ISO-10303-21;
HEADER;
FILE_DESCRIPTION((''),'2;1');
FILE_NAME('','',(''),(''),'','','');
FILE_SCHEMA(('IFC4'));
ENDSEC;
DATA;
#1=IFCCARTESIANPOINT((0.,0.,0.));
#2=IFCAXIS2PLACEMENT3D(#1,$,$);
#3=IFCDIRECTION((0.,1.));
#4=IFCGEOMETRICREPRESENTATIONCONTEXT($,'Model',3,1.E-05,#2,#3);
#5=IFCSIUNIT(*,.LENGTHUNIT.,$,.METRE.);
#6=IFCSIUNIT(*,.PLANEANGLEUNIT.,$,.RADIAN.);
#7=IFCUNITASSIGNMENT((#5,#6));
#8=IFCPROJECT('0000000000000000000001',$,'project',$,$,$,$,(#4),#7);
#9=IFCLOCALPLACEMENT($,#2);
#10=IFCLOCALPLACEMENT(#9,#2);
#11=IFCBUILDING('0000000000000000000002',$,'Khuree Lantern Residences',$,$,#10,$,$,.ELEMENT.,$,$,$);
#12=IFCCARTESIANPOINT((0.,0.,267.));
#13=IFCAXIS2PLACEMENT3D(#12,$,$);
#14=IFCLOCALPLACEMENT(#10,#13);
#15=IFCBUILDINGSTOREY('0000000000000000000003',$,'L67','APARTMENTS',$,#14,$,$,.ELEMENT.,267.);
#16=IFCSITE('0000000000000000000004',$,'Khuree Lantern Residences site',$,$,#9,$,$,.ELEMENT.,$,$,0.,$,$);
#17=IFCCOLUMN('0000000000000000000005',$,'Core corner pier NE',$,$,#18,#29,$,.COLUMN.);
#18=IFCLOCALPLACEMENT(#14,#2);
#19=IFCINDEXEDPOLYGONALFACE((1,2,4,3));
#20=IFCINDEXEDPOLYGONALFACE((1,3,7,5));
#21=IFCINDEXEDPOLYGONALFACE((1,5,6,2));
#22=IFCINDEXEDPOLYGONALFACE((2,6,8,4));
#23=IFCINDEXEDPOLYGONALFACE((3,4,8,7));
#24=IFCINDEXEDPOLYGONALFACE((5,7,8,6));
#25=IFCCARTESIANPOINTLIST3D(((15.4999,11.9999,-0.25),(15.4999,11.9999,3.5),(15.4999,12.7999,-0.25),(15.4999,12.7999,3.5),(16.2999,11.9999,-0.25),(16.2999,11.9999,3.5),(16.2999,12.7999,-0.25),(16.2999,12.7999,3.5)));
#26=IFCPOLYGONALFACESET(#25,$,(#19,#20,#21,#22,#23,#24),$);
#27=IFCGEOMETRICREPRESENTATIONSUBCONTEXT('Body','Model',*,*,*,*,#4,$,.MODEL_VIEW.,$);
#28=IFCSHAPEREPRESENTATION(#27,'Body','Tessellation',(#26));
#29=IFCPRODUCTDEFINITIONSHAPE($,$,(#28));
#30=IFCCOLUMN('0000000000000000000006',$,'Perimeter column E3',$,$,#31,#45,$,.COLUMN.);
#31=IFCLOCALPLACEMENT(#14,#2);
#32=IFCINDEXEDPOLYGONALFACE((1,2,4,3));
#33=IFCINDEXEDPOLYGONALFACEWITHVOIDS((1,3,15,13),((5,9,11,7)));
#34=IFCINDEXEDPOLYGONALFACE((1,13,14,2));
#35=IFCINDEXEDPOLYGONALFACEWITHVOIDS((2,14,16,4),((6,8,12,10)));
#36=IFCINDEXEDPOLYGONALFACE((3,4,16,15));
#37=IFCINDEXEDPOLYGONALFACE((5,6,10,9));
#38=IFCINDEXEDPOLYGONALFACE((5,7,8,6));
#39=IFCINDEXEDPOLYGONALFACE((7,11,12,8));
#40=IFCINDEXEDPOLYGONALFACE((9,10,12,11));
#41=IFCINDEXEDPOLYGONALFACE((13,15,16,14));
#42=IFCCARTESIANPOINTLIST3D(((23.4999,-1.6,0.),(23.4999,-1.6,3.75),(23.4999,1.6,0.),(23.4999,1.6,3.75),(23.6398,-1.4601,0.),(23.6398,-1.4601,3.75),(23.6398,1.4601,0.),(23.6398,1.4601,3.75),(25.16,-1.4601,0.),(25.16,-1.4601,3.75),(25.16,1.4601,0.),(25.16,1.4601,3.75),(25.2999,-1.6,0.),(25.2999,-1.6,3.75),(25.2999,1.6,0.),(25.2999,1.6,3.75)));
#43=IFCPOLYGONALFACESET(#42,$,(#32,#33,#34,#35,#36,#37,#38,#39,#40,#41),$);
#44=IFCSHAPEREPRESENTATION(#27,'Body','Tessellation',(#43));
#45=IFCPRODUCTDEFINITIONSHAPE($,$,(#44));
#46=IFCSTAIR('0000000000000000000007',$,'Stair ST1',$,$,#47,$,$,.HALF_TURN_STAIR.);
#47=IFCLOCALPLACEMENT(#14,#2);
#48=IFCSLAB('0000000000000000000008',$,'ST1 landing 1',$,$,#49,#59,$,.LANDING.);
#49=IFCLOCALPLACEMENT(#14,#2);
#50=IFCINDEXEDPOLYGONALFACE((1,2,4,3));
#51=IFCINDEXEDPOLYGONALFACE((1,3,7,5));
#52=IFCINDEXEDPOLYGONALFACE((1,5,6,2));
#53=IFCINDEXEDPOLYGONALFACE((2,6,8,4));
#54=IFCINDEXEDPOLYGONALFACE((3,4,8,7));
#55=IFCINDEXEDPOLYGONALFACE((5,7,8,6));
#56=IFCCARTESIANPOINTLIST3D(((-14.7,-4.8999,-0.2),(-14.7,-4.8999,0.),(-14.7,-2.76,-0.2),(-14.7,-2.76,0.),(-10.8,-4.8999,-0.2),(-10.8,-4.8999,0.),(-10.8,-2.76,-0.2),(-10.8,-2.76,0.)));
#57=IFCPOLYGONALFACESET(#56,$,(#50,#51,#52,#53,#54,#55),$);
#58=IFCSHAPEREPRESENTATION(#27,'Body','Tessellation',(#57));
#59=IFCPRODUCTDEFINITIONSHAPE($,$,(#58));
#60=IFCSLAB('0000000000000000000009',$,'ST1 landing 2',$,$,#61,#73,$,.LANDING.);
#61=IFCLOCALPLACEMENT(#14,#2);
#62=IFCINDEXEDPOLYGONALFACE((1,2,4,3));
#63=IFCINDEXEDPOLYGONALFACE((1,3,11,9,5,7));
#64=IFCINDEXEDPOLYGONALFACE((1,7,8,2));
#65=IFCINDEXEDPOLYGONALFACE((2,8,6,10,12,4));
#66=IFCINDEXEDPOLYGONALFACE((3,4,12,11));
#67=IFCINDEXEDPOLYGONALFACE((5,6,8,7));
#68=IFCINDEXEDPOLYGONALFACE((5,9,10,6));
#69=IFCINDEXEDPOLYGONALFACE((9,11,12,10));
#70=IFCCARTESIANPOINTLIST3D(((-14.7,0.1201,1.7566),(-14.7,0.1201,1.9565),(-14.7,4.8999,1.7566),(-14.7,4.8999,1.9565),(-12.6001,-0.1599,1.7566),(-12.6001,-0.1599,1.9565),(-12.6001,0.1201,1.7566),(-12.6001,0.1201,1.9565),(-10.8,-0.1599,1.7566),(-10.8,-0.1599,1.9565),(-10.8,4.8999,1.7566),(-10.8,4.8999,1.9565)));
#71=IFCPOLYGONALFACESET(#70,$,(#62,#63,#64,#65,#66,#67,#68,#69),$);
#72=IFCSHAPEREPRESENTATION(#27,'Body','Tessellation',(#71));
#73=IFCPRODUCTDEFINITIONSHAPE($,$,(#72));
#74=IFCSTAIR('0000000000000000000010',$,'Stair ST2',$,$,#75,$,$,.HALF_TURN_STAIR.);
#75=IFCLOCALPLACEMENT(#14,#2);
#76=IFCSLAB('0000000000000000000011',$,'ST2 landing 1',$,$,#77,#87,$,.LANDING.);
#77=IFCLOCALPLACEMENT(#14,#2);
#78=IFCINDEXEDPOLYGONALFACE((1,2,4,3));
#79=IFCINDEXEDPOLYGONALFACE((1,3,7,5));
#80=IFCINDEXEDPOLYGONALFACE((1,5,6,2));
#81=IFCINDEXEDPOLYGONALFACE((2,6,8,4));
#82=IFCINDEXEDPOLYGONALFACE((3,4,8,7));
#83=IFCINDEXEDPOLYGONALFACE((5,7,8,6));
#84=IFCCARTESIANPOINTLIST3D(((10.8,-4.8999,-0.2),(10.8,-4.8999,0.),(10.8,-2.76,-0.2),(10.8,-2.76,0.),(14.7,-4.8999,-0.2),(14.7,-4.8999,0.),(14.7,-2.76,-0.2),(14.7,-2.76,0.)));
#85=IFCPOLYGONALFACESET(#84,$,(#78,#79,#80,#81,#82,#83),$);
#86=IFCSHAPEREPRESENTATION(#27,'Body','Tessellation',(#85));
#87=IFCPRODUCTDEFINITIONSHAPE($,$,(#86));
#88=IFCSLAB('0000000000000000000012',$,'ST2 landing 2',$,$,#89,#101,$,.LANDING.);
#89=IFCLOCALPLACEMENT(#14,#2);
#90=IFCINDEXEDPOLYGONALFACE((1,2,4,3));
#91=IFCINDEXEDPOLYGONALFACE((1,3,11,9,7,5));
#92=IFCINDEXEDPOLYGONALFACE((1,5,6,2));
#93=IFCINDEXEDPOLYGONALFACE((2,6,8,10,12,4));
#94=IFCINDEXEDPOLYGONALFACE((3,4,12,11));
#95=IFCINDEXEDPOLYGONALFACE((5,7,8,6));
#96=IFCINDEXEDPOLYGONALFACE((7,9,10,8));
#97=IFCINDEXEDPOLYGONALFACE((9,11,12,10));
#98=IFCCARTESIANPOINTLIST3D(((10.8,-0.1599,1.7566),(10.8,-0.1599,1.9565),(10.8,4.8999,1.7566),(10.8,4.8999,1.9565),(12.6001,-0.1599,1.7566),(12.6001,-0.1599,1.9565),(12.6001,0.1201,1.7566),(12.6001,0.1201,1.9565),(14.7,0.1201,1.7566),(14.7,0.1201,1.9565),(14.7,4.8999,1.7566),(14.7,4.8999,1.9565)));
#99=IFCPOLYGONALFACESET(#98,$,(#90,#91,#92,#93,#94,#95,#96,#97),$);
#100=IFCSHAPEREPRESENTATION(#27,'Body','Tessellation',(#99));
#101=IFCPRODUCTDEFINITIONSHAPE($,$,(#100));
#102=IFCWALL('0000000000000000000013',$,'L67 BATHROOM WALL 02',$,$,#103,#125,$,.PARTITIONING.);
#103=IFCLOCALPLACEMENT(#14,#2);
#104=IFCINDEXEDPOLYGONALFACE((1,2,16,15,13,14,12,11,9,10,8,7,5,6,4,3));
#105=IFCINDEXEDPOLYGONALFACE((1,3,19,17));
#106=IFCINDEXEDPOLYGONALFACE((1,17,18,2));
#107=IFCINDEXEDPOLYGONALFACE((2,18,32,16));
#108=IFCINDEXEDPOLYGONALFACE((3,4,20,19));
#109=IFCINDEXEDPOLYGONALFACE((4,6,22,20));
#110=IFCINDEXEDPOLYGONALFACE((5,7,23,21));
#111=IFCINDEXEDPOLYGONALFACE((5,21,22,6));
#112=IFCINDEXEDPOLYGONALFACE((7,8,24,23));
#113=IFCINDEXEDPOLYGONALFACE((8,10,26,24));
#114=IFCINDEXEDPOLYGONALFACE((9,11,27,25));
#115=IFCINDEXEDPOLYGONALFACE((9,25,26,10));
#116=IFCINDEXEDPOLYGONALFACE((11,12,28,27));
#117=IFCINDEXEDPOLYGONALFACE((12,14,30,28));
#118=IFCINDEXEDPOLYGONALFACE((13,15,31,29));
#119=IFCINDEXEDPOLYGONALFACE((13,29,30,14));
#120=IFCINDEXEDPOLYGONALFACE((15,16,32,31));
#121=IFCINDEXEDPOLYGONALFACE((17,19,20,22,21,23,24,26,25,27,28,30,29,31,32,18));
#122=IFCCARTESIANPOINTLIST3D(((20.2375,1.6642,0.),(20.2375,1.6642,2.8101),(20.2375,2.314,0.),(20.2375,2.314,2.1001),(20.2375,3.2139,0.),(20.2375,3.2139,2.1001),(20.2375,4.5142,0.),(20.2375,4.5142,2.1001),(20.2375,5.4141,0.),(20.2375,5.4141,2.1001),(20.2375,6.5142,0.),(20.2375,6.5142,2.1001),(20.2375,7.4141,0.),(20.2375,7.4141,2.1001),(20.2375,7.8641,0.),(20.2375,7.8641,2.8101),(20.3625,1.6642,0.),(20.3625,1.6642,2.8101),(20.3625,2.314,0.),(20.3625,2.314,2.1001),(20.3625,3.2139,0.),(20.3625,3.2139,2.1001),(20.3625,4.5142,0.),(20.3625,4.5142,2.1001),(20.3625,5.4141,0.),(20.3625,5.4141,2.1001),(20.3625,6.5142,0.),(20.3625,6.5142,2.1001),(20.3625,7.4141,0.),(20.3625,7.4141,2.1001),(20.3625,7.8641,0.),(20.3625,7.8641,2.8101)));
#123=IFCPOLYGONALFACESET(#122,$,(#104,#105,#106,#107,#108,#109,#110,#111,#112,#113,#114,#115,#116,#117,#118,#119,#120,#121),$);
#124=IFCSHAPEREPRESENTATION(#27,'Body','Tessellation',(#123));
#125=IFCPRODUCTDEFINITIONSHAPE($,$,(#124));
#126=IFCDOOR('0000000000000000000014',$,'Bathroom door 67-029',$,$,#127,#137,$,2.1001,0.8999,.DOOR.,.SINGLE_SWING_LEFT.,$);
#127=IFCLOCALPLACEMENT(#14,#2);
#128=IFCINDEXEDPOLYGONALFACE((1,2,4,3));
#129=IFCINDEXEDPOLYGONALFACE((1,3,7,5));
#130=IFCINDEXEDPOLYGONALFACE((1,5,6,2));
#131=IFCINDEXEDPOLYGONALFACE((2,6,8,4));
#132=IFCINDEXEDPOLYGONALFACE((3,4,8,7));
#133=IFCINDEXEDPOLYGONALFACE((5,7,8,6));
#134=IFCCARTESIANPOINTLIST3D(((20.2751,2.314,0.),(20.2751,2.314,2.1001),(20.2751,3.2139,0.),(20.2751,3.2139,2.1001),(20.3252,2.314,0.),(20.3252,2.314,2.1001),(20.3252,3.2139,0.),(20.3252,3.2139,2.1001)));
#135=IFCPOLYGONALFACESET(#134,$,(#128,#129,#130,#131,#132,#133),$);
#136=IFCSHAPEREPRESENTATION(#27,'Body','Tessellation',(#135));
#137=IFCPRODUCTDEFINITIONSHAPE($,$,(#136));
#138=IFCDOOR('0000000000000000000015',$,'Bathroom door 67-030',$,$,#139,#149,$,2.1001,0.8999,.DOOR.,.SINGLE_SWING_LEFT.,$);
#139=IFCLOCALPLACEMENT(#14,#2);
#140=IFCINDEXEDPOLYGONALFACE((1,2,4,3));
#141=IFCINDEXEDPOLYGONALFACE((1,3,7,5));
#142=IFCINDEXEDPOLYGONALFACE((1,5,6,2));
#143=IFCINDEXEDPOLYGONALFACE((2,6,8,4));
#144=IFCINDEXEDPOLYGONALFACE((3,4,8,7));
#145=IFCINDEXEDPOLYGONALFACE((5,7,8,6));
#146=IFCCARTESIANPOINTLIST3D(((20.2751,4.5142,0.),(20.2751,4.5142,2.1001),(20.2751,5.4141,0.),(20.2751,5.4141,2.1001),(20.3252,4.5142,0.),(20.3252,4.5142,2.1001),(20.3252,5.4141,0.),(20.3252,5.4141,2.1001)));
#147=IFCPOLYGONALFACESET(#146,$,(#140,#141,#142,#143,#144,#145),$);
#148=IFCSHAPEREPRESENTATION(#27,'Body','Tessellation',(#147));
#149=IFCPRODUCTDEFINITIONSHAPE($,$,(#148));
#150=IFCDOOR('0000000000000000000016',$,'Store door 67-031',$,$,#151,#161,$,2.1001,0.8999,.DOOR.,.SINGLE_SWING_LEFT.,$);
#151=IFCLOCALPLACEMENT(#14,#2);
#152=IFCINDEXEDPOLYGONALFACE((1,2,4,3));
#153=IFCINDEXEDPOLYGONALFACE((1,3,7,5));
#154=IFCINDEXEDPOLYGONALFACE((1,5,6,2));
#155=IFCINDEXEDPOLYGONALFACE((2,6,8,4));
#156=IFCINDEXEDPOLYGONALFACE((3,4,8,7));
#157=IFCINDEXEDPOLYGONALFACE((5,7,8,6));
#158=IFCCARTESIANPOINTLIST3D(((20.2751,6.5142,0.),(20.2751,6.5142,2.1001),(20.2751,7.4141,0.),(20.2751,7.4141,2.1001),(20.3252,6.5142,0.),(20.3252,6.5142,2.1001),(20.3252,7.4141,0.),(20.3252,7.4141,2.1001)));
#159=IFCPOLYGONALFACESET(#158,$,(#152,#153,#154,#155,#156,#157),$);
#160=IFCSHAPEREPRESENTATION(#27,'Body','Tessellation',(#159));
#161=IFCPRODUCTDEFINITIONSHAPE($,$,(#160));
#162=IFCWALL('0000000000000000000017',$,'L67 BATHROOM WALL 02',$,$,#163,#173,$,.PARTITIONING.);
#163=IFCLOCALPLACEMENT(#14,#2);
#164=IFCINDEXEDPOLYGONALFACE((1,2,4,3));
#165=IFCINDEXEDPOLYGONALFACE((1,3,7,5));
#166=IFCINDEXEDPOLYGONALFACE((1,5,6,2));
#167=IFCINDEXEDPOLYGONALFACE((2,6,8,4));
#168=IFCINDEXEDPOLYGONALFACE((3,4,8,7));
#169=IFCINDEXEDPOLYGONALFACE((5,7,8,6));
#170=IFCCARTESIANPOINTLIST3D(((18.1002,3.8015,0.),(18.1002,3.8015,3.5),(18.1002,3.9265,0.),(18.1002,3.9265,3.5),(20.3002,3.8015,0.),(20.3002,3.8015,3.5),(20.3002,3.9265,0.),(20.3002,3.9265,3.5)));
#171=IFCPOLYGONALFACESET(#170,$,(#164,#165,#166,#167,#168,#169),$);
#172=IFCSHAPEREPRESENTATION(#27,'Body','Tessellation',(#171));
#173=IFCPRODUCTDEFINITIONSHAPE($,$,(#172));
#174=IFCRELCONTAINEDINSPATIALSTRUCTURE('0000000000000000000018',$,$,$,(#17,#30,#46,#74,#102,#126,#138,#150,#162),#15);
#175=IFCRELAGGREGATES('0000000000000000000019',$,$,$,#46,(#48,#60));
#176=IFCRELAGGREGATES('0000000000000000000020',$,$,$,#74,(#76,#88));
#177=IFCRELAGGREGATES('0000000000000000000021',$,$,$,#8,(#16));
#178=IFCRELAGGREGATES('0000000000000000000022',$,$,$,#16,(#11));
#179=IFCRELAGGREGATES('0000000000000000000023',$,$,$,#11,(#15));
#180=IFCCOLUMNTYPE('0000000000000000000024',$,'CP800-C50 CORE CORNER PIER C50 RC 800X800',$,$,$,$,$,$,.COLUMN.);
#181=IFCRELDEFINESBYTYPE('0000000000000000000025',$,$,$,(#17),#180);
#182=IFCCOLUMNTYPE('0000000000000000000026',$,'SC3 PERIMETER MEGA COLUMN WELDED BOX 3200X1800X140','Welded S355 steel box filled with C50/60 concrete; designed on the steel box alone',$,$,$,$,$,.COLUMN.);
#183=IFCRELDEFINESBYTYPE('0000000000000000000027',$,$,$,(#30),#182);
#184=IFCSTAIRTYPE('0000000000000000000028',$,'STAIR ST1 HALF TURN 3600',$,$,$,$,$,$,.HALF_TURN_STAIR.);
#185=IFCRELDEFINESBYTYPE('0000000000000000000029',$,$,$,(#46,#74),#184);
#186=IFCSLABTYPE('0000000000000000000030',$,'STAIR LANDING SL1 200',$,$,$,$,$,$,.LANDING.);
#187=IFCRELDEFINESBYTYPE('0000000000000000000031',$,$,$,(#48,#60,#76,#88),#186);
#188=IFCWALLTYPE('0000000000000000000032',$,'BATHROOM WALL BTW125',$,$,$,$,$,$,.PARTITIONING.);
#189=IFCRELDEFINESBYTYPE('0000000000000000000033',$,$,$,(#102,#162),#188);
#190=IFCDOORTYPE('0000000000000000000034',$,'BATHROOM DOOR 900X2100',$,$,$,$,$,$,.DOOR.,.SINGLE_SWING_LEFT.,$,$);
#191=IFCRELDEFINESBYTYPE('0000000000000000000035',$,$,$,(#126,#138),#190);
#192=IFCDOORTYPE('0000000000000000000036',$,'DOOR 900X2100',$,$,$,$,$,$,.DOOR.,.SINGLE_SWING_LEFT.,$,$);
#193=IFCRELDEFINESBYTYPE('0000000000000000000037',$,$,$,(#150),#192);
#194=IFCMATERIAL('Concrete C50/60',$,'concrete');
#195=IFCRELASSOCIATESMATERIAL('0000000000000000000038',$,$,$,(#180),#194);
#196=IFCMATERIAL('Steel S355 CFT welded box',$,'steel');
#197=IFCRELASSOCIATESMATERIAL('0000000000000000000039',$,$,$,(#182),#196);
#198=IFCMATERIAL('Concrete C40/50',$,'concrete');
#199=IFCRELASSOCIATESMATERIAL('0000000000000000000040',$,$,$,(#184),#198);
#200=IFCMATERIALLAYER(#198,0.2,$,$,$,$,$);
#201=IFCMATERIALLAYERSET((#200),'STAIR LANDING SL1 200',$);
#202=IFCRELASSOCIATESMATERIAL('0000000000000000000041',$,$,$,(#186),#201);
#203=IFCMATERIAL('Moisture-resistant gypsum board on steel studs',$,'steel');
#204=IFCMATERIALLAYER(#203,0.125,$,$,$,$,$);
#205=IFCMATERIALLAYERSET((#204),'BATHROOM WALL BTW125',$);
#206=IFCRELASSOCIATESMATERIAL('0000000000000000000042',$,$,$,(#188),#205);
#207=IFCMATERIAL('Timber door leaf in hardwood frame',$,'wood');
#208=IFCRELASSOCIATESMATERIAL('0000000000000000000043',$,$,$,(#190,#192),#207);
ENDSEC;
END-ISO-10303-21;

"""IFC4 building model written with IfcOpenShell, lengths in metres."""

from ifc_helpers import new_model, si_unit, direction, frame, frame_2d, origin, origin_2d, place, context, subcontext, project, spatial, polyline, rectangle, hollow_rectangle, outline, extrude, material, layer, layer_set, material_profile, profile_set, type_object, element, fill, aggregate, save


model = new_model("IFC4")

# Units and contexts
model_context = context("Model", 3, precision=1e-05, world=origin(), true_north=direction((0.0, 1.0)))
body_context = subcontext(model_context, "Body", "Model", "MODEL_VIEW")
ifc_project = project(units=[si_unit("LENGTHUNIT", "METRE"), si_unit("PLANEANGLEUNIT", "RADIAN")], contexts=[model_context])

# Site, building, storey
site_placement = place(None, origin())
site = spatial("IfcSite", under=ifc_project, at=site_placement, Name="Khuree Lantern Residences site", CompositionType="ELEMENT", RefElevation=0.0)
building_placement = place(site_placement, origin())
building = spatial("IfcBuilding", under=site, at=building_placement, Name="Khuree Lantern Residences", CompositionType="ELEMENT")
storey_placement = place(building_placement, frame((0.0, 0.0, 267.0)))
storey = spatial("IfcBuildingStorey", under=building, at=storey_placement, Name="L67", Description="APARTMENTS", CompositionType="ELEMENT", Elevation=267.0)

# Columns
ifc_material_1 = material(Name="Concrete C50/60", Category="concrete")
ifc_material_profile_1 = material_profile(ifc_material_1, rectangle(XDim=0.8, YDim=0.8, at=origin_2d()), Name="RC 800X800")
ifc_profile_set_1 = profile_set([ifc_material_profile_1], Name="Concrete C50/60")
column_type_1 = type_object("IfcColumnType", Name="CP800-C50 CORE CORNER PIER C50 RC 800X800", PredefinedType="COLUMN", material=ifc_profile_set_1)
column_1_placement = place(storey_placement, frame((15.8999, 12.3999, -0.25), z_axis=(0.0, 0.0, 1.0), x_axis=(1.0, 0.0, 0.0)))
element("IfcColumn", 1, at=column_1_placement, inside=storey, type_object=column_type_1, Name="Core corner pier NE", PredefinedType="COLUMN", context=body_context, shape_type="SweptSolid", body=[
    extrude(rectangle(XDim=0.8, YDim=0.8, at=origin_2d()), origin(), (0.0, 0.0, 1.0), 3.75),
])
ifc_material_2 = material(Name="Steel S355 CFT welded box", Category="steel")
ifc_material_profile_2 = material_profile(ifc_material_2, hollow_rectangle(XDim=3.2, YDim=1.8, WallThickness=0.1399, at=origin_2d()), Name="WELDED BOX 3200X1800X140")
ifc_profile_set_2 = profile_set([ifc_material_profile_2], Name="Steel S355 CFT welded box")
column_type_2 = type_object("IfcColumnType", Name="SC3 PERIMETER MEGA COLUMN WELDED BOX 3200X1800X140", Description="Welded S355 steel box filled with C50/60 concrete; designed on the steel box alone", PredefinedType="COLUMN", material=ifc_profile_set_2)
column_2_placement = place(storey_placement, frame((24.3999, 0.0, 0.0), z_axis=(0.0, 0.0, 1.0), x_axis=(0.0, 1.0, 0.0)))
element("IfcColumn", 2, at=column_2_placement, inside=storey, type_object=column_type_2, Name="Perimeter column E3", PredefinedType="COLUMN", context=body_context, shape_type="SweptSolid", body=[
    extrude(hollow_rectangle(XDim=3.2, YDim=1.8, WallThickness=0.1399, at=origin_2d()), origin(), (0.0, 0.0, 1.0), 3.75),
])

# Stairs, slabs
ifc_material_3 = material(Name="Concrete C40/50", Category="concrete")
stair_type = type_object("IfcStairType", Name="STAIR ST1 HALF TURN 3600", PredefinedType="HALF_TURN_STAIR", material=ifc_material_3)
stair_1_placement = place(storey_placement, origin())
stair_1 = element("IfcStair", 3, at=stair_1_placement, inside=storey, type_object=stair_type, Name="Stair ST1", PredefinedType="HALF_TURN_STAIR")
ifc_layer_1 = layer(ifc_material_3, 0.2)
ifc_layer_set_1 = layer_set([ifc_layer_1], Name="STAIR LANDING SL1 200")
slab_type = type_object("IfcSlabType", Name="STAIR LANDING SL1 200", PredefinedType="LANDING", material=ifc_layer_set_1)
slab_1_placement = place(storey_placement, frame((0.0, 0.0, -0.2)))
slab_1 = element("IfcSlab", 4, at=slab_1_placement, type_object=slab_type, Name="ST1 landing 1", PredefinedType="LANDING", context=body_context, shape_type="SweptSolid", body=[
    extrude(outline(polyline([(-14.7, -4.8999), (-10.8, -4.8999), (-10.8, -2.76), (-14.7, -2.76), (-14.7, -4.8999)])), origin(), (0.0, 0.0, 1.0), 0.2),
])
slab_2_placement = place(storey_placement, frame((0.0, 0.0, 1.7566)))
slab_2 = element("IfcSlab", 5, at=slab_2_placement, type_object=slab_type, Name="ST1 landing 2", PredefinedType="LANDING", context=body_context, shape_type="SweptSolid", body=[
    extrude(outline(polyline([(-14.7, 0.1201), (-14.7, 4.8999), (-10.8, 4.8999), (-10.8, -0.1599), (-12.6001, -0.1599), (-12.6001, 0.1201), (-14.7, 0.1201)])), origin(), (0.0, 0.0, 1.0), 0.2),
])
aggregate(stair_1, [slab_1, slab_2])
stair_2_placement = place(storey_placement, origin())
stair_2 = element("IfcStair", 6, at=stair_2_placement, inside=storey, type_object=stair_type, Name="Stair ST2", PredefinedType="HALF_TURN_STAIR")
slab_3_placement = place(storey_placement, frame((0.0, 0.0, -0.2)))
slab_3 = element("IfcSlab", 7, at=slab_3_placement, type_object=slab_type, Name="ST2 landing 1", PredefinedType="LANDING", context=body_context, shape_type="SweptSolid", body=[
    extrude(outline(polyline([(10.8, -4.8999), (14.7, -4.8999), (14.7, -2.76), (10.8, -2.76), (10.8, -4.8999)])), origin(), (0.0, 0.0, 1.0), 0.2),
])
slab_4_placement = place(storey_placement, frame((0.0, 0.0, 1.7566)))
slab_4 = element("IfcSlab", 8, at=slab_4_placement, type_object=slab_type, Name="ST2 landing 2", PredefinedType="LANDING", context=body_context, shape_type="SweptSolid", body=[
    extrude(outline(polyline([(14.7, 4.8999), (14.7, 0.1201), (12.6001, 0.1201), (12.6001, -0.1599), (10.8, -0.1599), (10.8, 4.8999), (14.7, 4.8999)])), origin(), (0.0, 0.0, 1.0), 0.2),
])

# Wall, openings, doors
ifc_material_4 = material(Name="Moisture-resistant gypsum board on steel studs", Category="steel")
ifc_layer_2 = layer(ifc_material_4, 0.125)
ifc_layer_set_2 = layer_set([ifc_layer_2], Name="BATHROOM WALL BTW125")
wall_type_1 = type_object("IfcWallType", Name="BATHROOM WALL BTW125", PredefinedType="PARTITIONING", material=ifc_layer_set_2)
wall_1_placement = place(storey_placement, frame((20.3, 1.6641, 0.0), z_axis=(0.0, 0.0, 1.0), x_axis=(0.0, 1.0, 0.0)))
wall_1 = element("IfcWall", 9, at=wall_1_placement, inside=storey, type_object=wall_type_1, Name="L67 BATHROOM WALL 02", PredefinedType="PARTITIONING", context=body_context, shape_type="SweptSolid", body=[
    extrude(rectangle(XDim=6.2, YDim=0.125, at=frame_2d((3.1001, 0.0))), origin(), (0.0, 0.0, 1.0), 2.8101),
])
opening_1_placement = place(wall_1_placement, frame((0.6499, 0.0, 0.0)))
opening_1 = element("IfcOpeningElement", 10, at=opening_1_placement, cuts=wall_1, PredefinedType="OPENING", context=body_context, shape_type="SweptSolid", body=[
    extrude(rectangle(XDim=0.8999, YDim=2.1001, at=frame_2d((0.45, 1.05))), frame((0.0, 0.0725, 0.0), z_axis=(0.0, -1.0, 0.0), x_axis=(1.0, 0.0, 0.0)), (0.0, 0.0, 1.0), 0.145),
])
opening_2_placement = place(wall_1_placement, frame((2.8501, 0.0, 0.0)))
opening_2 = element("IfcOpeningElement", 11, at=opening_2_placement, cuts=wall_1, PredefinedType="OPENING", context=body_context, shape_type="SweptSolid", body=[
    extrude(rectangle(XDim=0.8999, YDim=2.1001, at=frame_2d((0.45, 1.05))), frame((0.0, 0.0725, 0.0), z_axis=(0.0, -1.0, 0.0), x_axis=(1.0, 0.0, 0.0)), (0.0, 0.0, 1.0), 0.145),
])
opening_3_placement = place(wall_1_placement, frame((4.8501, 0.0, 0.0)))
opening_3 = element("IfcOpeningElement", 12, at=opening_3_placement, cuts=wall_1, PredefinedType="OPENING", context=body_context, shape_type="SweptSolid", body=[
    extrude(rectangle(XDim=0.8999, YDim=2.1001, at=frame_2d((0.45, 1.05))), frame((0.0, 0.0725, 0.0), z_axis=(0.0, -1.0, 0.0), x_axis=(1.0, 0.0, 0.0)), (0.0, 0.0, 1.0), 0.145),
])
ifc_material_5 = material(Name="Timber door leaf in hardwood frame", Category="wood")
door_type_1 = type_object("IfcDoorType", Name="BATHROOM DOOR 900X2100", OperationType="SINGLE_SWING_LEFT", PredefinedType="DOOR", material=ifc_material_5)
door_1_placement = place(opening_1_placement, origin())
door_1 = element("IfcDoor", 13, at=door_1_placement, inside=storey, type_object=door_type_1, Name="Bathroom door 67-029", OperationType="SINGLE_SWING_LEFT", OverallHeight=2.1001, OverallWidth=0.8999, PredefinedType="DOOR", context=body_context, shape_type="SweptSolid", body=[
    extrude(rectangle(XDim=0.8999, YDim=2.1001, at=frame_2d((0.45, 1.05))), frame((0.0, 0.0249, 0.0), z_axis=(0.0, -1.0, 0.0), x_axis=(1.0, 0.0, 0.0)), (0.0, 0.0, 1.0), 0.05),
])
fill(opening_1, door_1)
door_2_placement = place(opening_2_placement, origin())
door_2 = element("IfcDoor", 14, at=door_2_placement, inside=storey, type_object=door_type_1, Name="Bathroom door 67-030", OperationType="SINGLE_SWING_LEFT", OverallHeight=2.1001, OverallWidth=0.8999, PredefinedType="DOOR", context=body_context, shape_type="SweptSolid", body=[
    extrude(rectangle(XDim=0.8999, YDim=2.1001, at=frame_2d((0.45, 1.05))), frame((0.0, 0.0249, 0.0), z_axis=(0.0, -1.0, 0.0), x_axis=(1.0, 0.0, 0.0)), (0.0, 0.0, 1.0), 0.05),
])
fill(opening_2, door_2)
door_type_2 = type_object("IfcDoorType", Name="DOOR 900X2100", OperationType="SINGLE_SWING_LEFT", PredefinedType="DOOR", material=ifc_material_5)
door_3_placement = place(opening_3_placement, origin())
door_3 = element("IfcDoor", 15, at=door_3_placement, inside=storey, type_object=door_type_2, Name="Store door 67-031", OperationType="SINGLE_SWING_LEFT", OverallHeight=2.1001, OverallWidth=0.8999, PredefinedType="DOOR", context=body_context, shape_type="SweptSolid", body=[
    extrude(rectangle(XDim=0.8999, YDim=2.1001, at=frame_2d((0.45, 1.05))), frame((0.0, 0.0249, 0.0), z_axis=(0.0, -1.0, 0.0), x_axis=(1.0, 0.0, 0.0)), (0.0, 0.0, 1.0), 0.05),
])
fill(opening_3, door_3)

# Wall
for number, where, z_axis, x_axis, name in (
    (16, (18.1001, 3.864, 0.0), (0.0, 0.0, 1.0), (1.0, 0.0, 0.0), "L67 BATHROOM WALL 02"),
):
    element("IfcWall", number, at=place(storey_placement, frame(where, z_axis=z_axis, x_axis=x_axis)), inside=storey, type_object=wall_type_1, Name=name, PredefinedType="PARTITIONING", context=body_context, shape_type="SweptSolid", body=[
        extrude(rectangle(XDim=2.2, YDim=0.125, at=frame_2d((1.1001, 0.0))), origin(), (0.0, 0.0, 1.0), 3.5),
    ])

aggregate(stair_2, [slab_3, slab_4])

save(model, "model.ifc")
